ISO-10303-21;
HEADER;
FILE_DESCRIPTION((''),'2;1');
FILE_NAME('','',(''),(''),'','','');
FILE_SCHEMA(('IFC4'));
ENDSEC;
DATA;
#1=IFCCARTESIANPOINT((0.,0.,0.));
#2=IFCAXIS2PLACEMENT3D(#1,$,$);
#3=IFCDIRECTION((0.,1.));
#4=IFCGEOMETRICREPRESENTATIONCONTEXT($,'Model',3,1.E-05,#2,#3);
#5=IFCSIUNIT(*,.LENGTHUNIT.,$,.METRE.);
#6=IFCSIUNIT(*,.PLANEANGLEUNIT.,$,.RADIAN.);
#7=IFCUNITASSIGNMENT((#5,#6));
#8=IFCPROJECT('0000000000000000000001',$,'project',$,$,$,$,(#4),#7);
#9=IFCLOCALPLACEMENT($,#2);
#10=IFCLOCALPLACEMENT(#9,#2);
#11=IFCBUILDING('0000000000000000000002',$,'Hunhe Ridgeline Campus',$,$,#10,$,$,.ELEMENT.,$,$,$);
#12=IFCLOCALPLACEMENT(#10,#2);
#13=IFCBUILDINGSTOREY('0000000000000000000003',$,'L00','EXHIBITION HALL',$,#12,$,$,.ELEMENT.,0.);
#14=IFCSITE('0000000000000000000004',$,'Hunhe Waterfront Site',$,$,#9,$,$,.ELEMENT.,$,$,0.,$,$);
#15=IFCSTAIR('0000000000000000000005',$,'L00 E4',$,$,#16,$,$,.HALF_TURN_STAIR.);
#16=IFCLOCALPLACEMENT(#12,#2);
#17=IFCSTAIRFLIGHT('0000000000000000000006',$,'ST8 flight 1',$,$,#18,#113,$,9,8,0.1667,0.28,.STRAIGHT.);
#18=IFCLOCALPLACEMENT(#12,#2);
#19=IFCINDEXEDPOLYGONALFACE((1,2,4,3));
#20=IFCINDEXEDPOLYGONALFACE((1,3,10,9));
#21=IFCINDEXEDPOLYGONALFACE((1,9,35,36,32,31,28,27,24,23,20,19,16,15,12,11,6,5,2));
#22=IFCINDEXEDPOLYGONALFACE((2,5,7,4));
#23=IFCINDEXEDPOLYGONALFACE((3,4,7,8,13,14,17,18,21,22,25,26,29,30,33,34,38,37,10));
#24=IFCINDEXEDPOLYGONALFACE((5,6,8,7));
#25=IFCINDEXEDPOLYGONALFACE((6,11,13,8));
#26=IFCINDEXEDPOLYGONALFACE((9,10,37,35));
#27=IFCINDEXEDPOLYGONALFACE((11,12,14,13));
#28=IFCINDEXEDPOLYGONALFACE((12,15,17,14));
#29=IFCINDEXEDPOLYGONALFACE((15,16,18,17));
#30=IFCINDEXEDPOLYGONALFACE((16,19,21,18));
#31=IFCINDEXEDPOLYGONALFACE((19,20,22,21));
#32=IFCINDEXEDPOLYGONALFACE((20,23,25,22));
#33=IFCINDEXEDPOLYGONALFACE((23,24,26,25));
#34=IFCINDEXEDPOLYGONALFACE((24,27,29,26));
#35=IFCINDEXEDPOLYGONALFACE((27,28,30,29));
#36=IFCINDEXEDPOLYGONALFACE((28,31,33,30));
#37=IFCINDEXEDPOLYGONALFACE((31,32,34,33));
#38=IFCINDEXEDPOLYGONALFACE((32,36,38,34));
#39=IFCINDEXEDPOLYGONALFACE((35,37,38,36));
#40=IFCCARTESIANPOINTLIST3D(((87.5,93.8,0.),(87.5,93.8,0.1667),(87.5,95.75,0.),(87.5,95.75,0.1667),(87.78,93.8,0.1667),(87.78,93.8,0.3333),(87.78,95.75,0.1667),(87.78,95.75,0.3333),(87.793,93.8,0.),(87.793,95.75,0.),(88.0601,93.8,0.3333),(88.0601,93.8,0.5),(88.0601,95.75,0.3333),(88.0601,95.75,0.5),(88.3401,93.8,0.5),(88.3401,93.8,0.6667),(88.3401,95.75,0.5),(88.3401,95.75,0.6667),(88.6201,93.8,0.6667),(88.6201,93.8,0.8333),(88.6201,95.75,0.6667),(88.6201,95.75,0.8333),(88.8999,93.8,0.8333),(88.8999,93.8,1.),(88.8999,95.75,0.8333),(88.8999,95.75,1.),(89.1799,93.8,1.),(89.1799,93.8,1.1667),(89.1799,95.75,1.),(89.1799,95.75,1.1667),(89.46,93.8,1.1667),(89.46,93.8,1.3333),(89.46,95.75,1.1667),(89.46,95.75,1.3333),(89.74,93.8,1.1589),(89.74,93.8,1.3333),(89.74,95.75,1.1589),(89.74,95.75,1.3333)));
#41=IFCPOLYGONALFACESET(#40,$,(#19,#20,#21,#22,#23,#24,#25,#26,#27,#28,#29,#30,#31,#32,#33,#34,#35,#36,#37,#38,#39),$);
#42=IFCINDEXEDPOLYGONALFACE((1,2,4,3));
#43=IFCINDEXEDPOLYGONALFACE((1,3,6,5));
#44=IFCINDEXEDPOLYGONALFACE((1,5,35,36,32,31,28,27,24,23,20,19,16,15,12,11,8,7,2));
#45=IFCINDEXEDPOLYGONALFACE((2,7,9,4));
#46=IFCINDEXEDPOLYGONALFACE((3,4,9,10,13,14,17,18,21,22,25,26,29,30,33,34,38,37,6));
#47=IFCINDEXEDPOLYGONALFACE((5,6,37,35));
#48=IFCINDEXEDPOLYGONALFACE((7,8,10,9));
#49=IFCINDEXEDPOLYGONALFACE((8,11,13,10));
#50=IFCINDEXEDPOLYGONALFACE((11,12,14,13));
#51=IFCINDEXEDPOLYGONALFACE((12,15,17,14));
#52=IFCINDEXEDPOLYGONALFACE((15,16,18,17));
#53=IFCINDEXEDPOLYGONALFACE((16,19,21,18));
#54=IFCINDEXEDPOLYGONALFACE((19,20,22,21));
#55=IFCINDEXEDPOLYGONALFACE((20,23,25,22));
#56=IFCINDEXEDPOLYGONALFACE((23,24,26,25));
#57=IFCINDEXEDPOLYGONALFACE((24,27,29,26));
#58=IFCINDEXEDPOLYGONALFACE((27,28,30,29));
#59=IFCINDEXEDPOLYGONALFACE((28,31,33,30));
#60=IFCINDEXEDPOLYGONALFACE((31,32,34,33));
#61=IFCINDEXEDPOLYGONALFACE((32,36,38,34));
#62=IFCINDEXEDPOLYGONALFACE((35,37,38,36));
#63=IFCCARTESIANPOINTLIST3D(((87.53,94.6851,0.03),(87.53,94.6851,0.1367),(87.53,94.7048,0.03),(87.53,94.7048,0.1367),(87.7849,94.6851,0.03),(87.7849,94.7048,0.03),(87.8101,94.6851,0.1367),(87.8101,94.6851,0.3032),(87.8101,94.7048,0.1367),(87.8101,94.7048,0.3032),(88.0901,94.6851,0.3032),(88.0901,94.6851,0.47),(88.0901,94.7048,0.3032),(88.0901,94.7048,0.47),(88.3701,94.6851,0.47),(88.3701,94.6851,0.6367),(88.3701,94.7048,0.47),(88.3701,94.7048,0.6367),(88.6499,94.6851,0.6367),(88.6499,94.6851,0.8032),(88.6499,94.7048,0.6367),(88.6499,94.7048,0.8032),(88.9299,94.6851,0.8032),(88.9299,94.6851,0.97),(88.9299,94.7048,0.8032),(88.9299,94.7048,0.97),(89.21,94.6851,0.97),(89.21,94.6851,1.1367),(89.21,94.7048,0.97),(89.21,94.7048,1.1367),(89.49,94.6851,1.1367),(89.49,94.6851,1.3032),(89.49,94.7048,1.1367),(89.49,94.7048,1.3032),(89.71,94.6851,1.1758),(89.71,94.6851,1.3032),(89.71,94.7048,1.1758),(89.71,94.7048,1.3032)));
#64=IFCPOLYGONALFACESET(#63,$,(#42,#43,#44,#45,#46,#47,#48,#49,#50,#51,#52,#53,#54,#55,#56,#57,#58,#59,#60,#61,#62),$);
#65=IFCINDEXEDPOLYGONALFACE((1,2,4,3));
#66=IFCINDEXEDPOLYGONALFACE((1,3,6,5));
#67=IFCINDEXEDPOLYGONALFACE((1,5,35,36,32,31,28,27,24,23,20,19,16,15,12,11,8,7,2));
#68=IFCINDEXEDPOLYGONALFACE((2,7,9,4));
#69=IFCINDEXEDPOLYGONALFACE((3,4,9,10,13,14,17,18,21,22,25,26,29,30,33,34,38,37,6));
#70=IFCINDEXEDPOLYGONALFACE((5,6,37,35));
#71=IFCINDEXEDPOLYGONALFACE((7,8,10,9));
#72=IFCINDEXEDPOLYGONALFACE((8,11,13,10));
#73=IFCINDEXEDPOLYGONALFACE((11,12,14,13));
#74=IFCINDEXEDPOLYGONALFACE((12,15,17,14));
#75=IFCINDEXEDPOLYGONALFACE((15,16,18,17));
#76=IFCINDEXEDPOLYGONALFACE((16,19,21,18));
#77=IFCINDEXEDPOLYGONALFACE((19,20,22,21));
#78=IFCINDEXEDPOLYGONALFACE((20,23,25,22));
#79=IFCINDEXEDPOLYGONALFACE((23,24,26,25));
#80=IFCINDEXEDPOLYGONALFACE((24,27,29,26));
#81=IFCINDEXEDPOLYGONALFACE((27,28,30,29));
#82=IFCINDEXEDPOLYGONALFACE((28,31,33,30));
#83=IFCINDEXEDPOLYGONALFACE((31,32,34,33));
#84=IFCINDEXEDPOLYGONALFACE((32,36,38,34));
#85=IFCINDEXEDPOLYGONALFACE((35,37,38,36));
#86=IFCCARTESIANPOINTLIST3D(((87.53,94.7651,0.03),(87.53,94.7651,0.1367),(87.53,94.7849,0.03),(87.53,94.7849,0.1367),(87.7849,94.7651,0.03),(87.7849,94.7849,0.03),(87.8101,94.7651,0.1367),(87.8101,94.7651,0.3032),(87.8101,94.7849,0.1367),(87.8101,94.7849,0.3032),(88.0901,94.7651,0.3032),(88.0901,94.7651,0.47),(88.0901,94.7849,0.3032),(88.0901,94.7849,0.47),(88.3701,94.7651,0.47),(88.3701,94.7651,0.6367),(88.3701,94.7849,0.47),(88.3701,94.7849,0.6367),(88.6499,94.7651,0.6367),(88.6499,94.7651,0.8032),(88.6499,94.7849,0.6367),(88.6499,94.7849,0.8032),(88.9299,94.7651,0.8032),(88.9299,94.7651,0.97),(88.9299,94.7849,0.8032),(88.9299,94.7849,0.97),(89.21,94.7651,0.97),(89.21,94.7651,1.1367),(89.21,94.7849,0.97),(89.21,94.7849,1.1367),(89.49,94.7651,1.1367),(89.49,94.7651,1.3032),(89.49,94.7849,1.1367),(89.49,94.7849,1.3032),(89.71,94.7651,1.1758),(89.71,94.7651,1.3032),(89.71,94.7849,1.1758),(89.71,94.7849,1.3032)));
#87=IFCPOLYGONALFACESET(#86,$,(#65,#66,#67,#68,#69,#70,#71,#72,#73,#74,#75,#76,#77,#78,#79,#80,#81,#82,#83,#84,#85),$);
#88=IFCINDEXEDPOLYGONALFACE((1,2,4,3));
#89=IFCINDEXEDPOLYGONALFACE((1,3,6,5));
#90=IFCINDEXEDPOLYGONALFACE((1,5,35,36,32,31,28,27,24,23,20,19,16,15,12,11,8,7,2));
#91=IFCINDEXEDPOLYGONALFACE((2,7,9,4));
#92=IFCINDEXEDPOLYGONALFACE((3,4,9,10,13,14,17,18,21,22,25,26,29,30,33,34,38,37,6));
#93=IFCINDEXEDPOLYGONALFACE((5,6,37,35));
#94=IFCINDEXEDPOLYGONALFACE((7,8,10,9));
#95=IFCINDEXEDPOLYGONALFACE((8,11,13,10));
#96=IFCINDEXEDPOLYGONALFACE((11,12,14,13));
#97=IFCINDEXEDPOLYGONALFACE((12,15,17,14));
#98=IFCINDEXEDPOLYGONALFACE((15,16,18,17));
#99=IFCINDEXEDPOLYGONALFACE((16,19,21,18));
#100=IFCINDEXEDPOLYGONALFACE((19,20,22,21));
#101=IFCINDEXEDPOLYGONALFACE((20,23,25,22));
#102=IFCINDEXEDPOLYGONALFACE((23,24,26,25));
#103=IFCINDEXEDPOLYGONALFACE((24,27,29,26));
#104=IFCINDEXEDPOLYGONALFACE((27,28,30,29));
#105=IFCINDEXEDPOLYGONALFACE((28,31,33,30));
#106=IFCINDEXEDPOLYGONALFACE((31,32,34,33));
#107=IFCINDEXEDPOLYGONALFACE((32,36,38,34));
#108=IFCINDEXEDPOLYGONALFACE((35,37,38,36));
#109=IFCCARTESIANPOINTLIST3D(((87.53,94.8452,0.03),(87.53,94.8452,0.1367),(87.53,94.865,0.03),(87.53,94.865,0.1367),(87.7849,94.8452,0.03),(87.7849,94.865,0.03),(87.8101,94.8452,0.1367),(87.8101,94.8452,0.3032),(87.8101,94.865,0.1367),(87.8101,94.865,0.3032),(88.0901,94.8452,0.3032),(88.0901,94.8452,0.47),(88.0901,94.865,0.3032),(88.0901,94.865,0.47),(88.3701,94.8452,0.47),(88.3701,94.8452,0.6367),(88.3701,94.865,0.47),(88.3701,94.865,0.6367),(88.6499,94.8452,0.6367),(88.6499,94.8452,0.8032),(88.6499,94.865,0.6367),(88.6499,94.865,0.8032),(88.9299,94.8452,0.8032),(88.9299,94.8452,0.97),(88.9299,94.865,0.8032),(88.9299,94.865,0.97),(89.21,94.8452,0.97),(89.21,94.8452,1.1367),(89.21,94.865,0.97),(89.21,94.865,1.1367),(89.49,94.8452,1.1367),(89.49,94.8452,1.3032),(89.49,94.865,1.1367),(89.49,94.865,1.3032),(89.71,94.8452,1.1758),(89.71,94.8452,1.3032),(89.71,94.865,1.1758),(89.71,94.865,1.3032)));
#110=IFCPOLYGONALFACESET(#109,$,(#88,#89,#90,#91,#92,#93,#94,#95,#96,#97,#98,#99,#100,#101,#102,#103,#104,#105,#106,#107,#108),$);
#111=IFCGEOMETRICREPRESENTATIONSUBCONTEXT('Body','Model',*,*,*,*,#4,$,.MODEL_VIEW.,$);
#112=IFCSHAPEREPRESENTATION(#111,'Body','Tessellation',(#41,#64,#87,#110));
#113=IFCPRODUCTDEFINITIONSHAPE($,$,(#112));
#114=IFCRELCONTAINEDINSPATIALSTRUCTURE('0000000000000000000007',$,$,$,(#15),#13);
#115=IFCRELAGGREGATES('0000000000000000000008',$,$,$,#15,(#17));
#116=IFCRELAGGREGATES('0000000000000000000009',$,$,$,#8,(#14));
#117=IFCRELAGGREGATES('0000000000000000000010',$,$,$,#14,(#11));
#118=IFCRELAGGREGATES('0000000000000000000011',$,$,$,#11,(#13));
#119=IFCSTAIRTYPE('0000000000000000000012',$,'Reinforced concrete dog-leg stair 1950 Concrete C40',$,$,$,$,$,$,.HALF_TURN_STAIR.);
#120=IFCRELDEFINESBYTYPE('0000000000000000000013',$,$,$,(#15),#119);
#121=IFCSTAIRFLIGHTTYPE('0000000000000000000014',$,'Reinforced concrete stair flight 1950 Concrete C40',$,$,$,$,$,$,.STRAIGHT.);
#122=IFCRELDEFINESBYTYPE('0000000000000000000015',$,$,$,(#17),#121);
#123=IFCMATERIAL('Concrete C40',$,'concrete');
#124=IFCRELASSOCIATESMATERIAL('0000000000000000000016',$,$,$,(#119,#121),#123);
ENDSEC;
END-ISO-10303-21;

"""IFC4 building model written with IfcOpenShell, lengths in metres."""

from ifc_helpers import new_model, si_unit, direction, frame, origin, place, context, subcontext, project, spatial, polyline, outline, extrude, material, type_object, element, aggregate, save


model = new_model("IFC4")

# Units and contexts
model_context = context("Model", 3, precision=1e-05, world=origin(), true_north=direction((0.0, 1.0)))
body_context = subcontext(model_context, "Body", "Model", "MODEL_VIEW")
ifc_project = project(units=[si_unit("LENGTHUNIT", "METRE"), si_unit("PLANEANGLEUNIT", "RADIAN")], contexts=[model_context])

# Site, building, storey
site_placement = place(None, origin())
site = spatial("IfcSite", under=ifc_project, at=site_placement, Name="Hunhe Waterfront Site", CompositionType="ELEMENT", RefElevation=0.0)
building_placement = place(site_placement, origin())
building = spatial("IfcBuilding", under=site, at=building_placement, Name="Hunhe Ridgeline Campus", CompositionType="ELEMENT")
storey_placement = place(building_placement, origin())
storey = spatial("IfcBuildingStorey", under=building, at=storey_placement, Name="L00", Description="EXHIBITION HALL", CompositionType="ELEMENT", Elevation=0.0)

# Stair, stair flight
ifc_material_1 = material(Name="Concrete C40", Category="concrete")
stair_type = type_object("IfcStairType", Name="Reinforced concrete dog-leg stair 1950 Concrete C40", PredefinedType="HALF_TURN_STAIR", material=ifc_material_1)
stair_placement = place(storey_placement, origin())
stair = element("IfcStair", 1, at=stair_placement, inside=storey, type_object=stair_type, Name="L00 E4", PredefinedType="HALF_TURN_STAIR")
stair_flight_type = type_object("IfcStairFlightType", Name="Reinforced concrete stair flight 1950 Concrete C40", PredefinedType="STRAIGHT", material=ifc_material_1)
stair_flight_1_placement = place(storey_placement, frame((87.5, 94.7749, 0.0), z_axis=(0.0, 0.0, 1.0), x_axis=(1.0, 0.0, 0.0)))
stair_flight_1 = element("IfcStairFlight", 2, at=stair_flight_1_placement, type_object=stair_flight_type, Name="ST8 flight 1", NumberOfRisers=9, NumberOfTreads=8, PredefinedType="STRAIGHT", RiserHeight=0.1667, TreadLength=0.28, context=body_context, shape_type="SweptSolid", body=[
    extrude(outline(polyline([(0.0, 0.0), (0.0, 0.1667), (0.28, 0.1667), (0.28, 0.3333), (0.5601, 0.3333), (0.5601, 0.5), (0.8401, 0.5), (0.8401, 0.6667), (1.1201, 0.6667), (1.1201, 0.8333), (1.3999, 0.8333), (1.3999, 1.0), (1.6799, 1.0), (1.6799, 1.1667), (1.96, 1.1667), (1.96, 1.3333), (2.24, 1.3333), (2.24, 1.5), (2.24, 1.1589), (0.293, 0.0), (0.0, 0.0)])), frame((0.0, 0.9751, 0.0), z_axis=(0.0, -1.0, 0.0), x_axis=(1.0, 0.0, 0.0)), (0.0, 0.0, 1.0), 1.95),
    extrude(outline(polyline([(0.03, 0.03), (0.03, 0.1367), (0.3101, 0.1367), (0.3101, 0.3032), (0.5901, 0.3032), (0.5901, 0.47), (0.8701, 0.47), (0.8701, 0.6367), (1.1499, 0.6367), (1.1499, 0.8032), (1.4299, 0.8032), (1.4299, 0.97), (1.71, 0.97), (1.71, 1.1367), (1.99, 1.1367), (1.99, 1.3032), (2.21, 1.3032), (2.21, 1.1758), (0.2849, 0.03), (0.03, 0.03)])), frame((0.0, -0.0701, 0.0), z_axis=(0.0, -1.0, 0.0), x_axis=(1.0, 0.0, 0.0)), (0.0, 0.0, 1.0), 0.0198),
    extrude(outline(polyline([(0.03, 0.03), (0.03, 0.1367), (0.3101, 0.1367), (0.3101, 0.3032), (0.5901, 0.3032), (0.5901, 0.47), (0.8701, 0.47), (0.8701, 0.6367), (1.1499, 0.6367), (1.1499, 0.8032), (1.4299, 0.8032), (1.4299, 0.97), (1.71, 0.97), (1.71, 1.1367), (1.99, 1.1367), (1.99, 1.3032), (2.21, 1.3032), (2.21, 1.1758), (0.2849, 0.03), (0.03, 0.03)])), frame((0.0, 0.01, 0.0), z_axis=(0.0, -1.0, 0.0), x_axis=(1.0, 0.0, 0.0)), (0.0, 0.0, 1.0), 0.0198),
    extrude(outline(polyline([(0.03, 0.03), (0.03, 0.1367), (0.3101, 0.1367), (0.3101, 0.3032), (0.5901, 0.3032), (0.5901, 0.47), (0.8701, 0.47), (0.8701, 0.6367), (1.1499, 0.6367), (1.1499, 0.8032), (1.4299, 0.8032), (1.4299, 0.97), (1.71, 0.97), (1.71, 1.1367), (1.99, 1.1367), (1.99, 1.3032), (2.21, 1.3032), (2.21, 1.1758), (0.2849, 0.03), (0.03, 0.03)])), frame((0.0, 0.0901, 0.0), z_axis=(0.0, -1.0, 0.0), x_axis=(1.0, 0.0, 0.0)), (0.0, 0.0, 1.0), 0.0198),
])
aggregate(stair, [stair_flight_1])

save(model, "model.ifc")
